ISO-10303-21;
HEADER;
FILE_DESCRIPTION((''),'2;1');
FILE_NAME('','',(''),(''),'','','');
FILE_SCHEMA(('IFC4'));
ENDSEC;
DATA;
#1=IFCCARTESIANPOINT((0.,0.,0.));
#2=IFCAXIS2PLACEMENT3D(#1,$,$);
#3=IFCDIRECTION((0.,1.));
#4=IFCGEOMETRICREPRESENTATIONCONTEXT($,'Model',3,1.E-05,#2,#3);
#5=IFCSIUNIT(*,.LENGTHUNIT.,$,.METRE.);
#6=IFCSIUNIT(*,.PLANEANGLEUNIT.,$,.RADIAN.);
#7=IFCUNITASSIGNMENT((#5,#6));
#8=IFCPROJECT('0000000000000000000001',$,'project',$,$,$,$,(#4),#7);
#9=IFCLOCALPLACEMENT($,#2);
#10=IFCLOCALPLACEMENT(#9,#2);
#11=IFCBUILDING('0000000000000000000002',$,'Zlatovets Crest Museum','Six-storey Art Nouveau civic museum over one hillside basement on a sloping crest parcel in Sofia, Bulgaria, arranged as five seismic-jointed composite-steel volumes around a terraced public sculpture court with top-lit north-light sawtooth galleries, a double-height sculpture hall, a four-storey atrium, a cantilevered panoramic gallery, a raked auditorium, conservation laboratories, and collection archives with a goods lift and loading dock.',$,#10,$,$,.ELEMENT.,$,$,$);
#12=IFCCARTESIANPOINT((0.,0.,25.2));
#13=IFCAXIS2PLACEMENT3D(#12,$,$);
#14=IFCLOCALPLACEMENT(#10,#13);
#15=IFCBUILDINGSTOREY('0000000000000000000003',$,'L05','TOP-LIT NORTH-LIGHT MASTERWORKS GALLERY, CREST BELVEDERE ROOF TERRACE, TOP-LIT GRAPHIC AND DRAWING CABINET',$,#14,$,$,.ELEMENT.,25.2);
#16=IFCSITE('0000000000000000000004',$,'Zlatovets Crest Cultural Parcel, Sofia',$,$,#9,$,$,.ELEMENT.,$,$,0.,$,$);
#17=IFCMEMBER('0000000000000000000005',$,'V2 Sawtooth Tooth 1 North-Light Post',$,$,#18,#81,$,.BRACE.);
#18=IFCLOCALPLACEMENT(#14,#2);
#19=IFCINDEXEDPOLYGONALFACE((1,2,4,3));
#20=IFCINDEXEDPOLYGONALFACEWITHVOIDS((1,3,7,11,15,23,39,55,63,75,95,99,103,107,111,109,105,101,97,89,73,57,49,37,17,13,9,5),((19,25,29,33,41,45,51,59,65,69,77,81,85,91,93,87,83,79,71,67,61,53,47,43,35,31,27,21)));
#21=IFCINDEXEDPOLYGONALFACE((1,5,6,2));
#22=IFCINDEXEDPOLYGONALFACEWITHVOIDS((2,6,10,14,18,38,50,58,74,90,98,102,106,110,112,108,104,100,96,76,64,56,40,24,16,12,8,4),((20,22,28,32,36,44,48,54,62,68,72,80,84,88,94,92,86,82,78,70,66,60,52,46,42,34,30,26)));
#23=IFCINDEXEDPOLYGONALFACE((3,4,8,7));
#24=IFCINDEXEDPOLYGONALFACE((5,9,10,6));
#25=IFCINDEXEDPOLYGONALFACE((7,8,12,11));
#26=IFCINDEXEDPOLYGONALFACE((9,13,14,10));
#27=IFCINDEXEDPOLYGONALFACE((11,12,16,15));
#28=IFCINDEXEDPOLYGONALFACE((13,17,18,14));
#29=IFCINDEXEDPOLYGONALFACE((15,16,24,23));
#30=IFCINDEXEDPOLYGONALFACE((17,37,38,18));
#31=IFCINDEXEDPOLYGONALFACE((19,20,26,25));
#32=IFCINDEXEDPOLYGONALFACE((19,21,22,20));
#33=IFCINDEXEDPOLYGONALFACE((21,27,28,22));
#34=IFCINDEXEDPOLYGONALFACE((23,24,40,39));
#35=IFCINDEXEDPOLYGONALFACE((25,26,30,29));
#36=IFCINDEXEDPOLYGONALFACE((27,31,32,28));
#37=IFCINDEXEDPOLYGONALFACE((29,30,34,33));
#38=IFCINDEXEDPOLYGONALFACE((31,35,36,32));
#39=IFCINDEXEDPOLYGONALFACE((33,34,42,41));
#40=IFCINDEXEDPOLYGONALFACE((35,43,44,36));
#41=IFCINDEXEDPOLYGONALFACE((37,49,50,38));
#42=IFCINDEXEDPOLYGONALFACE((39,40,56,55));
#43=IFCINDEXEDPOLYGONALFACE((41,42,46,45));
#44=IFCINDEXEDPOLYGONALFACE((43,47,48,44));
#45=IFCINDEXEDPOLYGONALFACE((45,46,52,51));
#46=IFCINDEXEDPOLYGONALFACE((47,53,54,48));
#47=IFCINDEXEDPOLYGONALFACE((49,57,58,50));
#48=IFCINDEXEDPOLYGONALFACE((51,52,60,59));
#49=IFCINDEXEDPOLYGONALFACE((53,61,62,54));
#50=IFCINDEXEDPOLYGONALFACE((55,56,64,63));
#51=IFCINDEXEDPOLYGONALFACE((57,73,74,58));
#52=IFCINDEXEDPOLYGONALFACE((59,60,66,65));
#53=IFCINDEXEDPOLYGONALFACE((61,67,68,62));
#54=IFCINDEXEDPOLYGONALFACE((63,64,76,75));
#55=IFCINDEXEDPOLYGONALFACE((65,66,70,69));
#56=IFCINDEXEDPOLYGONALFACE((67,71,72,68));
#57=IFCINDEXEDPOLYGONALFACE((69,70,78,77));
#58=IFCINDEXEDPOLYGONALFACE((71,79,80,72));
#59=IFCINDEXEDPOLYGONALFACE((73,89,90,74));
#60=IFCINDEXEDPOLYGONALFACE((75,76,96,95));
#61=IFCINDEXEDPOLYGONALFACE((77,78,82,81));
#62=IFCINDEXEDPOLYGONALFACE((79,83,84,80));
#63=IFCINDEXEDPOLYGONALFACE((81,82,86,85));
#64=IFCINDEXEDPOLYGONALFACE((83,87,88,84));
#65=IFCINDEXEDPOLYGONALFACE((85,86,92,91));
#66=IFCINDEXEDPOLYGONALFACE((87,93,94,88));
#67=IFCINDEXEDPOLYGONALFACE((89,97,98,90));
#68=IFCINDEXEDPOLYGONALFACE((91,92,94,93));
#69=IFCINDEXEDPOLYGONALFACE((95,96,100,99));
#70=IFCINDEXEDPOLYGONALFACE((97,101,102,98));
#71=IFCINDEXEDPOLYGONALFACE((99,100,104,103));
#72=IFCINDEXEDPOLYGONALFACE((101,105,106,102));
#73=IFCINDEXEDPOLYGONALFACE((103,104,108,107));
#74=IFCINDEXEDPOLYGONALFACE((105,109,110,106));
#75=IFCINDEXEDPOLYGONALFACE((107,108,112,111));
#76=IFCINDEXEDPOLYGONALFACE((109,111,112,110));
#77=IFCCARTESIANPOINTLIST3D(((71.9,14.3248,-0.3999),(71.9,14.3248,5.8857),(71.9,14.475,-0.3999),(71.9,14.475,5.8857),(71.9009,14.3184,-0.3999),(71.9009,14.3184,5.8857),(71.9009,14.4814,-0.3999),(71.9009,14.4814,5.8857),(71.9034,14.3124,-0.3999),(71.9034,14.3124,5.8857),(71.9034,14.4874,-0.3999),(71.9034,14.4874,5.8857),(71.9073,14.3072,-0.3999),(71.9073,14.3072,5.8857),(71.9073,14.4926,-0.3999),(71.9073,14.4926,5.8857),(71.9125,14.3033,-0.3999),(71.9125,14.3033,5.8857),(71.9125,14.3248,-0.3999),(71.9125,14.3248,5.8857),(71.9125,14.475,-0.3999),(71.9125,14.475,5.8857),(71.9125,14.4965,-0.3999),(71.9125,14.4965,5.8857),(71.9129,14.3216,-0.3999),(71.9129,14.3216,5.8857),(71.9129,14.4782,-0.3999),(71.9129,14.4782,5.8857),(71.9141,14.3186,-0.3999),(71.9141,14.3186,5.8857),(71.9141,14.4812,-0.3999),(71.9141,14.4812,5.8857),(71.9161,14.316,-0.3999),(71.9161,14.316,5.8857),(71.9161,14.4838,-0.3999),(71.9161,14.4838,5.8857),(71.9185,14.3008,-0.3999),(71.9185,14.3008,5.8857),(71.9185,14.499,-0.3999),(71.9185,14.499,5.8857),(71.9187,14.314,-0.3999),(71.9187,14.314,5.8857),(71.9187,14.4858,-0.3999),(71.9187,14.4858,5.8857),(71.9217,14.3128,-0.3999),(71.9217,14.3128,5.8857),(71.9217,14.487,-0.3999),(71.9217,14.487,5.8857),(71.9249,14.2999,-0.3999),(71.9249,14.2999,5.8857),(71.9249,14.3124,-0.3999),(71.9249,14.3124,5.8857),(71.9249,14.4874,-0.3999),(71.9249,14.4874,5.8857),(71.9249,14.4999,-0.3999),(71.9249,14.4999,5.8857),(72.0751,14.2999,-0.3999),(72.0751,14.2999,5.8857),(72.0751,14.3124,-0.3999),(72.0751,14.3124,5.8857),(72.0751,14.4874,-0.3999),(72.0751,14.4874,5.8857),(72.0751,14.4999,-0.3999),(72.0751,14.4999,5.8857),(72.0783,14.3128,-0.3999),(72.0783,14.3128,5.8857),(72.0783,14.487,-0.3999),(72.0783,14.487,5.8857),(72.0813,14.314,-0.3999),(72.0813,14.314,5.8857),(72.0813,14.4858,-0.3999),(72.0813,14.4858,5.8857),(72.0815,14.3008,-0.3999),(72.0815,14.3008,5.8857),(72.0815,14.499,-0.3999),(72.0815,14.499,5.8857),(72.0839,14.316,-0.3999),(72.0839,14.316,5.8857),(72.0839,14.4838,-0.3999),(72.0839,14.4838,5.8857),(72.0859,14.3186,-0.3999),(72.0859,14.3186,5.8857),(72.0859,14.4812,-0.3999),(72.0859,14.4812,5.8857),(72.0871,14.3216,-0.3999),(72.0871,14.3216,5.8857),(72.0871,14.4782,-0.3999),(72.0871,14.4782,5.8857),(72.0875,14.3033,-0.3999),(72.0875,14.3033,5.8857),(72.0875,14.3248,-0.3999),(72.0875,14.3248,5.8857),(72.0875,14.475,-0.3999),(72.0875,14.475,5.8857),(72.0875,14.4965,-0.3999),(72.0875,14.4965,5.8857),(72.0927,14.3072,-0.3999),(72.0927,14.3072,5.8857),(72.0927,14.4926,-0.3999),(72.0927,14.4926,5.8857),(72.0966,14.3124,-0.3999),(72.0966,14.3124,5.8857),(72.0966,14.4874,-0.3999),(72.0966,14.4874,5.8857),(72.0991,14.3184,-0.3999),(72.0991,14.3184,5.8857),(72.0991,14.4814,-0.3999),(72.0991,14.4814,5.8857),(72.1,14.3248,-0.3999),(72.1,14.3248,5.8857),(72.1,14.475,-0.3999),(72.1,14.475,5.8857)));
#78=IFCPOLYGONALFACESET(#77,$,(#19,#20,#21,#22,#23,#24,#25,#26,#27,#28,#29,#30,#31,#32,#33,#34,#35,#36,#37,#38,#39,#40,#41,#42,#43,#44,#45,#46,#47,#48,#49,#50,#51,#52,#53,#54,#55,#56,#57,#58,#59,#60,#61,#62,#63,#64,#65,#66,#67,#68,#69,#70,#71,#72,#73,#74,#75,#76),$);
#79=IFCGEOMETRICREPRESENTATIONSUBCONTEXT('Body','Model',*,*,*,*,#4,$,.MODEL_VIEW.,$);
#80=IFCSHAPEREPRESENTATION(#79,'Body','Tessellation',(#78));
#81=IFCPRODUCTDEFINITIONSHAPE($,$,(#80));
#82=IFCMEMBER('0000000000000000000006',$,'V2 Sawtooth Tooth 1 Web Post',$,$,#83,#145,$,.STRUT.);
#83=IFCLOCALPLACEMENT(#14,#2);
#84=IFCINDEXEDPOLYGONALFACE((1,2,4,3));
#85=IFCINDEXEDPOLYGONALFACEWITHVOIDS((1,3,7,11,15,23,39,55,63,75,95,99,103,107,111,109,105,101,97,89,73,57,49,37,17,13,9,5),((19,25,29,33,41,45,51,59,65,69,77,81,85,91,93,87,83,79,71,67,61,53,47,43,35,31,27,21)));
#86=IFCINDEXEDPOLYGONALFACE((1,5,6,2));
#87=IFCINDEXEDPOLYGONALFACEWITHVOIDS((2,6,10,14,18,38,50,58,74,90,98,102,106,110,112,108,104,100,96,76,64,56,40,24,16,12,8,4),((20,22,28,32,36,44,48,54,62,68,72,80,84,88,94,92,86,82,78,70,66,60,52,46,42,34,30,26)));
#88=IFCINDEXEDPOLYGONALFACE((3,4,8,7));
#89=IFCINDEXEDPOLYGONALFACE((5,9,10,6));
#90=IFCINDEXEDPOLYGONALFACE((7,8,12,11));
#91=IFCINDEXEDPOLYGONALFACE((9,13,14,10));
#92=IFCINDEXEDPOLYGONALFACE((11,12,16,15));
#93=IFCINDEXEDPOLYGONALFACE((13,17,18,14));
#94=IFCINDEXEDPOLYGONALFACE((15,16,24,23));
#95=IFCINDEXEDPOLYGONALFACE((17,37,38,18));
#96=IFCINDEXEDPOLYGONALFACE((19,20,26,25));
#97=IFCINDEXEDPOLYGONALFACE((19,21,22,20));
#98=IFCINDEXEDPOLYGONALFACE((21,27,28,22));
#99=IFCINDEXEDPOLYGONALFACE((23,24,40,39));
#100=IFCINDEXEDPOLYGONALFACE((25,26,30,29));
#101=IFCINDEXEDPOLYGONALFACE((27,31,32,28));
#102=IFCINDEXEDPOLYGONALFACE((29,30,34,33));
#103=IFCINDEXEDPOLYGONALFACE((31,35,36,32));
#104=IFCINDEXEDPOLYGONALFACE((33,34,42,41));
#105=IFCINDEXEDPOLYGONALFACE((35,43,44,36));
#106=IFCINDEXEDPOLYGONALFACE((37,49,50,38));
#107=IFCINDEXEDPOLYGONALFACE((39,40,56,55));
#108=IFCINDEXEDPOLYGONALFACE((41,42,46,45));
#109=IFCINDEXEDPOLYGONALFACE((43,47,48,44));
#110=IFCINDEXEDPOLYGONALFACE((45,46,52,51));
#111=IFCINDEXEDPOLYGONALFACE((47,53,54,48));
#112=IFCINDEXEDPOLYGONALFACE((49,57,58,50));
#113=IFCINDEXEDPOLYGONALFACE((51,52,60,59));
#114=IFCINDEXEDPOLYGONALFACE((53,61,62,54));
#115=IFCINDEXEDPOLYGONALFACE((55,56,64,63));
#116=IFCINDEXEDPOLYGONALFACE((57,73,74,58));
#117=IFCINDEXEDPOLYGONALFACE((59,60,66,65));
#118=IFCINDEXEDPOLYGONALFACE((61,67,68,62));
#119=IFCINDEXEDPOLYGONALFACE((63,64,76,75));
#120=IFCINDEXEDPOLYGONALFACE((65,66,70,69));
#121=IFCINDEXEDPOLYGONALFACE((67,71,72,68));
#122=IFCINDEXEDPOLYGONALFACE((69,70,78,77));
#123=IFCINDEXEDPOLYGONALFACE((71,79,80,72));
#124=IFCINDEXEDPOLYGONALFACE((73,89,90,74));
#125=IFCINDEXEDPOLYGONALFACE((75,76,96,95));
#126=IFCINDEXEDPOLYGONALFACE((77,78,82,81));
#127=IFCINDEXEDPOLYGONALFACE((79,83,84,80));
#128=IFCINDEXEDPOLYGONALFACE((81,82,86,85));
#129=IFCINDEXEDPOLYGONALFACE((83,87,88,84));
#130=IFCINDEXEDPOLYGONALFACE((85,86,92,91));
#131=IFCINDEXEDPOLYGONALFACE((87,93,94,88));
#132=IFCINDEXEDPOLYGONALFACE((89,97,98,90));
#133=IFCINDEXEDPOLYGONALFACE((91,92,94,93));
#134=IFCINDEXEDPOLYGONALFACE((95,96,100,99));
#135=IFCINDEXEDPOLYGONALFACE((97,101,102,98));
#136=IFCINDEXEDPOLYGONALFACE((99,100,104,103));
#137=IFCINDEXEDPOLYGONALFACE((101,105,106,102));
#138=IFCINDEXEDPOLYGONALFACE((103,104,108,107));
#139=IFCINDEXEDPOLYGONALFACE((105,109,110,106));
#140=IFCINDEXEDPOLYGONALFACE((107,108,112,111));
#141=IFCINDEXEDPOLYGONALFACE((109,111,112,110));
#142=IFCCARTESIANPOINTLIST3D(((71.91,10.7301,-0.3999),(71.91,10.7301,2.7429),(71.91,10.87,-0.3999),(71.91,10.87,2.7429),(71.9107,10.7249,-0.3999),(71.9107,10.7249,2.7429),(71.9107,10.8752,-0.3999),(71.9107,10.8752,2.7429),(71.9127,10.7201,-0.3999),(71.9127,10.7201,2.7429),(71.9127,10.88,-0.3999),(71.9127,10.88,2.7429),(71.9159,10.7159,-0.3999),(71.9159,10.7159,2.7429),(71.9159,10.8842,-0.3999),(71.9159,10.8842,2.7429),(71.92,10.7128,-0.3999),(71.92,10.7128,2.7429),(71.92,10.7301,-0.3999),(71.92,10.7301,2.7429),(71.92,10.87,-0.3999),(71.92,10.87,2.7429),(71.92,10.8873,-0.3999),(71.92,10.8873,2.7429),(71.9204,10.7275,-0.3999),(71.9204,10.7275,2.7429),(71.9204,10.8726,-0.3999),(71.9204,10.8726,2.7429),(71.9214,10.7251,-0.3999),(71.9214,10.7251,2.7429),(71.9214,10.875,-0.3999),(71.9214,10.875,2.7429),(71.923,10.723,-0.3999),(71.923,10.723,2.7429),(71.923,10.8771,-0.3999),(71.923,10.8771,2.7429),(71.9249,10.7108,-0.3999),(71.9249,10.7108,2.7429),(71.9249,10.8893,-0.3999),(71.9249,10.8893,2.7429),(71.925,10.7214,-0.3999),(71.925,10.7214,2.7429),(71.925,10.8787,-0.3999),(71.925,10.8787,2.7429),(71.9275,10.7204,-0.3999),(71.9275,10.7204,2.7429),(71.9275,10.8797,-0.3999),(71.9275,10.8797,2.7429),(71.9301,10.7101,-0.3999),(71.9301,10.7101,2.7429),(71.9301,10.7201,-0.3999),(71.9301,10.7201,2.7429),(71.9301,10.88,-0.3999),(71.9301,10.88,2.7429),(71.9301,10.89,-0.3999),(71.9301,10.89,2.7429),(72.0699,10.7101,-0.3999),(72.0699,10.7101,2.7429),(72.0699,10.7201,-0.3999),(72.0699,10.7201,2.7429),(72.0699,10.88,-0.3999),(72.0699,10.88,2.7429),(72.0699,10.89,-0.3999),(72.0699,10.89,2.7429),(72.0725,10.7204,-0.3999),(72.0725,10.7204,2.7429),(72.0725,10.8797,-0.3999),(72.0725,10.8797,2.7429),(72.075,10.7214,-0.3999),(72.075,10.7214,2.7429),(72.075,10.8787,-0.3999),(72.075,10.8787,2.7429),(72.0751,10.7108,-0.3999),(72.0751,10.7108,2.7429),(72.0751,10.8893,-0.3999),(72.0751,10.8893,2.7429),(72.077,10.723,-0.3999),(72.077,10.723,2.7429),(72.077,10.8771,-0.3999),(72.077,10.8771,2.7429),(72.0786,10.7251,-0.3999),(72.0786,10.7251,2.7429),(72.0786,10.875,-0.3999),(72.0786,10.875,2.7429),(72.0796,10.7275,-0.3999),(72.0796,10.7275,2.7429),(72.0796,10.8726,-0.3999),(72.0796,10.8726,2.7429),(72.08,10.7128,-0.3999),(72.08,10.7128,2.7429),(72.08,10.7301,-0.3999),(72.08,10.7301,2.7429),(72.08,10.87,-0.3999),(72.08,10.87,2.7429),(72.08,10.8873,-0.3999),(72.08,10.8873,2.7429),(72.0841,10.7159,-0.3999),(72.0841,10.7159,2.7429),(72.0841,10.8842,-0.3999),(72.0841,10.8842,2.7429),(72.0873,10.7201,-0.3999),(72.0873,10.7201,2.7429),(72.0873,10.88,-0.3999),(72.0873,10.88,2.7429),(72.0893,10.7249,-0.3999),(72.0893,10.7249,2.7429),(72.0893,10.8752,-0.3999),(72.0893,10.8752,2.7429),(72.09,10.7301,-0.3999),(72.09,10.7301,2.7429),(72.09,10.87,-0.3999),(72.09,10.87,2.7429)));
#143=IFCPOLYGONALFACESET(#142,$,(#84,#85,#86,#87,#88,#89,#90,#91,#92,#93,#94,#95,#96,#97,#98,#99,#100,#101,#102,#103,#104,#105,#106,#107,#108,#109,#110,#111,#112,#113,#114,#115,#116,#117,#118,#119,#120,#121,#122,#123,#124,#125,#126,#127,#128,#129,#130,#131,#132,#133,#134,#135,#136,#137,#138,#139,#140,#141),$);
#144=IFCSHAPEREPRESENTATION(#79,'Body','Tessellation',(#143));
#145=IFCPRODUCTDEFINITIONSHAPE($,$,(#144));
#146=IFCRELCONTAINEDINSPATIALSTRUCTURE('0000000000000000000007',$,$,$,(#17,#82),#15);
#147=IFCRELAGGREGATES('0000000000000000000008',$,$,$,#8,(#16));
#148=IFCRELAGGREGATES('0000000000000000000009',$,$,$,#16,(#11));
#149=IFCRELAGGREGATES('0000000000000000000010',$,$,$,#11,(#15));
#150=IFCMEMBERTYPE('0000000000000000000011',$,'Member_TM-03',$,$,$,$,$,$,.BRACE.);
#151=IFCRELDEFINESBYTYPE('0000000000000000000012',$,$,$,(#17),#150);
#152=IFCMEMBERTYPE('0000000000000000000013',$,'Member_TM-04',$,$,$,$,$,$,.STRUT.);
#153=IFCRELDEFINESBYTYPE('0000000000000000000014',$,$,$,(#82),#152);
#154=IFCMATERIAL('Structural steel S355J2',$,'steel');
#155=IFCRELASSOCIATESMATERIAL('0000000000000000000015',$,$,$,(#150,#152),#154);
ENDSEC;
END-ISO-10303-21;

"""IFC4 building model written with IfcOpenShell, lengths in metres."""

from ifc_helpers import new_model, si_unit, direction, frame, origin, origin_2d, place, context, subcontext, project, spatial, hollow_rectangle, extrude, material, material_profile, profile_set, type_object, element, save


model = new_model("IFC4")

# Units and contexts
model_context = context("Model", 3, precision=1e-05, world=origin(), true_north=direction((0.0, 1.0)))
body_context = subcontext(model_context, "Body", "Model", "MODEL_VIEW")
ifc_project = project(units=[si_unit("LENGTHUNIT", "METRE"), si_unit("PLANEANGLEUNIT", "RADIAN")], contexts=[model_context])

# Site, building, storey
site_placement = place(None, origin())
site = spatial("IfcSite", under=ifc_project, at=site_placement, Name="Zlatovets Crest Cultural Parcel, Sofia", CompositionType="ELEMENT", RefElevation=0.0)
building_placement = place(site_placement, origin())
building = spatial("IfcBuilding", under=site, at=building_placement, Name="Zlatovets Crest Museum", Description="Six-storey Art Nouveau civic museum over one hillside basement on a sloping crest parcel in Sofia, Bulgaria, arranged as five seismic-jointed composite-steel volumes around a terraced public sculpture court with top-lit north-light sawtooth galleries, a double-height sculpture hall, a four-storey atrium, a cantilevered panoramic gallery, a raked auditorium, conservation laboratories, and collection archives with a goods lift and loading dock.", CompositionType="ELEMENT")
storey_placement = place(building_placement, frame((0.0, 0.0, 25.2)))
storey = spatial("IfcBuildingStorey", under=building, at=storey_placement, Name="L05", Description="TOP-LIT NORTH-LIGHT MASTERWORKS GALLERY, CREST BELVEDERE ROOF TERRACE, TOP-LIT GRAPHIC AND DRAWING CABINET", CompositionType="ELEMENT", Elevation=25.2)

# Shared definitions
ifc_material_1 = material(Name="Structural steel S355J2", Category="steel")

# Members
ifc_material_profile_1 = material_profile(ifc_material_1, hollow_rectangle(XDim=0.2, YDim=0.2, WallThickness=0.0125, InnerFilletRadius=0.0125, OuterFilletRadius=0.0249, at=origin_2d()), Name="SHS 200x200x12.5")
ifc_profile_set_1 = profile_set([ifc_material_profile_1], Name="Structural steel S355J2")
member_type_1 = type_object("IfcMemberType", Name="Member_TM-03", PredefinedType="BRACE", material=ifc_profile_set_1)
member_1_placement = place(storey_placement, frame((72.0, 14.3999, -0.3999), z_axis=(0.0, 0.0, 1.0), x_axis=(1.0, 0.0, 0.0)))
element("IfcMember", 1, at=member_1_placement, inside=storey, type_object=member_type_1, Name="V2 Sawtooth Tooth 1 North-Light Post", PredefinedType="BRACE", context=body_context, shape_type="SweptSolid", body=[
    extrude(hollow_rectangle(XDim=0.2, YDim=0.2, WallThickness=0.0125, InnerFilletRadius=0.0125, OuterFilletRadius=0.0249, at=origin_2d()), origin(), (0.0, 0.0, 1.0), 6.2856),
])
ifc_material_profile_2 = material_profile(ifc_material_1, hollow_rectangle(XDim=0.1799, YDim=0.1799, WallThickness=0.01, InnerFilletRadius=0.01, OuterFilletRadius=0.02, at=origin_2d()), Name="SHS 180x180x10.0")
ifc_profile_set_2 = profile_set([ifc_material_profile_2], Name="Structural steel S355J2")
member_type_2 = type_object("IfcMemberType", Name="Member_TM-04", PredefinedType="STRUT", material=ifc_profile_set_2)
for number, where, z_axis, x_axis, name in (
    (2, (72.0, 10.8, -0.3999), (0.0, 0.0, 1.0), (1.0, 0.0, 0.0), "V2 Sawtooth Tooth 1 Web Post"),
):
    element("IfcMember", number, at=place(storey_placement, frame(where, z_axis=z_axis, x_axis=x_axis)), inside=storey, type_object=member_type_2, Name=name, PredefinedType="STRUT", context=body_context, shape_type="SweptSolid", body=[
        extrude(hollow_rectangle(XDim=0.1799, YDim=0.1799, WallThickness=0.01, InnerFilletRadius=0.01, OuterFilletRadius=0.02, at=origin_2d()), origin(), (0.0, 0.0, 1.0), 3.1428),
    ])

save(model, "model.ifc")
